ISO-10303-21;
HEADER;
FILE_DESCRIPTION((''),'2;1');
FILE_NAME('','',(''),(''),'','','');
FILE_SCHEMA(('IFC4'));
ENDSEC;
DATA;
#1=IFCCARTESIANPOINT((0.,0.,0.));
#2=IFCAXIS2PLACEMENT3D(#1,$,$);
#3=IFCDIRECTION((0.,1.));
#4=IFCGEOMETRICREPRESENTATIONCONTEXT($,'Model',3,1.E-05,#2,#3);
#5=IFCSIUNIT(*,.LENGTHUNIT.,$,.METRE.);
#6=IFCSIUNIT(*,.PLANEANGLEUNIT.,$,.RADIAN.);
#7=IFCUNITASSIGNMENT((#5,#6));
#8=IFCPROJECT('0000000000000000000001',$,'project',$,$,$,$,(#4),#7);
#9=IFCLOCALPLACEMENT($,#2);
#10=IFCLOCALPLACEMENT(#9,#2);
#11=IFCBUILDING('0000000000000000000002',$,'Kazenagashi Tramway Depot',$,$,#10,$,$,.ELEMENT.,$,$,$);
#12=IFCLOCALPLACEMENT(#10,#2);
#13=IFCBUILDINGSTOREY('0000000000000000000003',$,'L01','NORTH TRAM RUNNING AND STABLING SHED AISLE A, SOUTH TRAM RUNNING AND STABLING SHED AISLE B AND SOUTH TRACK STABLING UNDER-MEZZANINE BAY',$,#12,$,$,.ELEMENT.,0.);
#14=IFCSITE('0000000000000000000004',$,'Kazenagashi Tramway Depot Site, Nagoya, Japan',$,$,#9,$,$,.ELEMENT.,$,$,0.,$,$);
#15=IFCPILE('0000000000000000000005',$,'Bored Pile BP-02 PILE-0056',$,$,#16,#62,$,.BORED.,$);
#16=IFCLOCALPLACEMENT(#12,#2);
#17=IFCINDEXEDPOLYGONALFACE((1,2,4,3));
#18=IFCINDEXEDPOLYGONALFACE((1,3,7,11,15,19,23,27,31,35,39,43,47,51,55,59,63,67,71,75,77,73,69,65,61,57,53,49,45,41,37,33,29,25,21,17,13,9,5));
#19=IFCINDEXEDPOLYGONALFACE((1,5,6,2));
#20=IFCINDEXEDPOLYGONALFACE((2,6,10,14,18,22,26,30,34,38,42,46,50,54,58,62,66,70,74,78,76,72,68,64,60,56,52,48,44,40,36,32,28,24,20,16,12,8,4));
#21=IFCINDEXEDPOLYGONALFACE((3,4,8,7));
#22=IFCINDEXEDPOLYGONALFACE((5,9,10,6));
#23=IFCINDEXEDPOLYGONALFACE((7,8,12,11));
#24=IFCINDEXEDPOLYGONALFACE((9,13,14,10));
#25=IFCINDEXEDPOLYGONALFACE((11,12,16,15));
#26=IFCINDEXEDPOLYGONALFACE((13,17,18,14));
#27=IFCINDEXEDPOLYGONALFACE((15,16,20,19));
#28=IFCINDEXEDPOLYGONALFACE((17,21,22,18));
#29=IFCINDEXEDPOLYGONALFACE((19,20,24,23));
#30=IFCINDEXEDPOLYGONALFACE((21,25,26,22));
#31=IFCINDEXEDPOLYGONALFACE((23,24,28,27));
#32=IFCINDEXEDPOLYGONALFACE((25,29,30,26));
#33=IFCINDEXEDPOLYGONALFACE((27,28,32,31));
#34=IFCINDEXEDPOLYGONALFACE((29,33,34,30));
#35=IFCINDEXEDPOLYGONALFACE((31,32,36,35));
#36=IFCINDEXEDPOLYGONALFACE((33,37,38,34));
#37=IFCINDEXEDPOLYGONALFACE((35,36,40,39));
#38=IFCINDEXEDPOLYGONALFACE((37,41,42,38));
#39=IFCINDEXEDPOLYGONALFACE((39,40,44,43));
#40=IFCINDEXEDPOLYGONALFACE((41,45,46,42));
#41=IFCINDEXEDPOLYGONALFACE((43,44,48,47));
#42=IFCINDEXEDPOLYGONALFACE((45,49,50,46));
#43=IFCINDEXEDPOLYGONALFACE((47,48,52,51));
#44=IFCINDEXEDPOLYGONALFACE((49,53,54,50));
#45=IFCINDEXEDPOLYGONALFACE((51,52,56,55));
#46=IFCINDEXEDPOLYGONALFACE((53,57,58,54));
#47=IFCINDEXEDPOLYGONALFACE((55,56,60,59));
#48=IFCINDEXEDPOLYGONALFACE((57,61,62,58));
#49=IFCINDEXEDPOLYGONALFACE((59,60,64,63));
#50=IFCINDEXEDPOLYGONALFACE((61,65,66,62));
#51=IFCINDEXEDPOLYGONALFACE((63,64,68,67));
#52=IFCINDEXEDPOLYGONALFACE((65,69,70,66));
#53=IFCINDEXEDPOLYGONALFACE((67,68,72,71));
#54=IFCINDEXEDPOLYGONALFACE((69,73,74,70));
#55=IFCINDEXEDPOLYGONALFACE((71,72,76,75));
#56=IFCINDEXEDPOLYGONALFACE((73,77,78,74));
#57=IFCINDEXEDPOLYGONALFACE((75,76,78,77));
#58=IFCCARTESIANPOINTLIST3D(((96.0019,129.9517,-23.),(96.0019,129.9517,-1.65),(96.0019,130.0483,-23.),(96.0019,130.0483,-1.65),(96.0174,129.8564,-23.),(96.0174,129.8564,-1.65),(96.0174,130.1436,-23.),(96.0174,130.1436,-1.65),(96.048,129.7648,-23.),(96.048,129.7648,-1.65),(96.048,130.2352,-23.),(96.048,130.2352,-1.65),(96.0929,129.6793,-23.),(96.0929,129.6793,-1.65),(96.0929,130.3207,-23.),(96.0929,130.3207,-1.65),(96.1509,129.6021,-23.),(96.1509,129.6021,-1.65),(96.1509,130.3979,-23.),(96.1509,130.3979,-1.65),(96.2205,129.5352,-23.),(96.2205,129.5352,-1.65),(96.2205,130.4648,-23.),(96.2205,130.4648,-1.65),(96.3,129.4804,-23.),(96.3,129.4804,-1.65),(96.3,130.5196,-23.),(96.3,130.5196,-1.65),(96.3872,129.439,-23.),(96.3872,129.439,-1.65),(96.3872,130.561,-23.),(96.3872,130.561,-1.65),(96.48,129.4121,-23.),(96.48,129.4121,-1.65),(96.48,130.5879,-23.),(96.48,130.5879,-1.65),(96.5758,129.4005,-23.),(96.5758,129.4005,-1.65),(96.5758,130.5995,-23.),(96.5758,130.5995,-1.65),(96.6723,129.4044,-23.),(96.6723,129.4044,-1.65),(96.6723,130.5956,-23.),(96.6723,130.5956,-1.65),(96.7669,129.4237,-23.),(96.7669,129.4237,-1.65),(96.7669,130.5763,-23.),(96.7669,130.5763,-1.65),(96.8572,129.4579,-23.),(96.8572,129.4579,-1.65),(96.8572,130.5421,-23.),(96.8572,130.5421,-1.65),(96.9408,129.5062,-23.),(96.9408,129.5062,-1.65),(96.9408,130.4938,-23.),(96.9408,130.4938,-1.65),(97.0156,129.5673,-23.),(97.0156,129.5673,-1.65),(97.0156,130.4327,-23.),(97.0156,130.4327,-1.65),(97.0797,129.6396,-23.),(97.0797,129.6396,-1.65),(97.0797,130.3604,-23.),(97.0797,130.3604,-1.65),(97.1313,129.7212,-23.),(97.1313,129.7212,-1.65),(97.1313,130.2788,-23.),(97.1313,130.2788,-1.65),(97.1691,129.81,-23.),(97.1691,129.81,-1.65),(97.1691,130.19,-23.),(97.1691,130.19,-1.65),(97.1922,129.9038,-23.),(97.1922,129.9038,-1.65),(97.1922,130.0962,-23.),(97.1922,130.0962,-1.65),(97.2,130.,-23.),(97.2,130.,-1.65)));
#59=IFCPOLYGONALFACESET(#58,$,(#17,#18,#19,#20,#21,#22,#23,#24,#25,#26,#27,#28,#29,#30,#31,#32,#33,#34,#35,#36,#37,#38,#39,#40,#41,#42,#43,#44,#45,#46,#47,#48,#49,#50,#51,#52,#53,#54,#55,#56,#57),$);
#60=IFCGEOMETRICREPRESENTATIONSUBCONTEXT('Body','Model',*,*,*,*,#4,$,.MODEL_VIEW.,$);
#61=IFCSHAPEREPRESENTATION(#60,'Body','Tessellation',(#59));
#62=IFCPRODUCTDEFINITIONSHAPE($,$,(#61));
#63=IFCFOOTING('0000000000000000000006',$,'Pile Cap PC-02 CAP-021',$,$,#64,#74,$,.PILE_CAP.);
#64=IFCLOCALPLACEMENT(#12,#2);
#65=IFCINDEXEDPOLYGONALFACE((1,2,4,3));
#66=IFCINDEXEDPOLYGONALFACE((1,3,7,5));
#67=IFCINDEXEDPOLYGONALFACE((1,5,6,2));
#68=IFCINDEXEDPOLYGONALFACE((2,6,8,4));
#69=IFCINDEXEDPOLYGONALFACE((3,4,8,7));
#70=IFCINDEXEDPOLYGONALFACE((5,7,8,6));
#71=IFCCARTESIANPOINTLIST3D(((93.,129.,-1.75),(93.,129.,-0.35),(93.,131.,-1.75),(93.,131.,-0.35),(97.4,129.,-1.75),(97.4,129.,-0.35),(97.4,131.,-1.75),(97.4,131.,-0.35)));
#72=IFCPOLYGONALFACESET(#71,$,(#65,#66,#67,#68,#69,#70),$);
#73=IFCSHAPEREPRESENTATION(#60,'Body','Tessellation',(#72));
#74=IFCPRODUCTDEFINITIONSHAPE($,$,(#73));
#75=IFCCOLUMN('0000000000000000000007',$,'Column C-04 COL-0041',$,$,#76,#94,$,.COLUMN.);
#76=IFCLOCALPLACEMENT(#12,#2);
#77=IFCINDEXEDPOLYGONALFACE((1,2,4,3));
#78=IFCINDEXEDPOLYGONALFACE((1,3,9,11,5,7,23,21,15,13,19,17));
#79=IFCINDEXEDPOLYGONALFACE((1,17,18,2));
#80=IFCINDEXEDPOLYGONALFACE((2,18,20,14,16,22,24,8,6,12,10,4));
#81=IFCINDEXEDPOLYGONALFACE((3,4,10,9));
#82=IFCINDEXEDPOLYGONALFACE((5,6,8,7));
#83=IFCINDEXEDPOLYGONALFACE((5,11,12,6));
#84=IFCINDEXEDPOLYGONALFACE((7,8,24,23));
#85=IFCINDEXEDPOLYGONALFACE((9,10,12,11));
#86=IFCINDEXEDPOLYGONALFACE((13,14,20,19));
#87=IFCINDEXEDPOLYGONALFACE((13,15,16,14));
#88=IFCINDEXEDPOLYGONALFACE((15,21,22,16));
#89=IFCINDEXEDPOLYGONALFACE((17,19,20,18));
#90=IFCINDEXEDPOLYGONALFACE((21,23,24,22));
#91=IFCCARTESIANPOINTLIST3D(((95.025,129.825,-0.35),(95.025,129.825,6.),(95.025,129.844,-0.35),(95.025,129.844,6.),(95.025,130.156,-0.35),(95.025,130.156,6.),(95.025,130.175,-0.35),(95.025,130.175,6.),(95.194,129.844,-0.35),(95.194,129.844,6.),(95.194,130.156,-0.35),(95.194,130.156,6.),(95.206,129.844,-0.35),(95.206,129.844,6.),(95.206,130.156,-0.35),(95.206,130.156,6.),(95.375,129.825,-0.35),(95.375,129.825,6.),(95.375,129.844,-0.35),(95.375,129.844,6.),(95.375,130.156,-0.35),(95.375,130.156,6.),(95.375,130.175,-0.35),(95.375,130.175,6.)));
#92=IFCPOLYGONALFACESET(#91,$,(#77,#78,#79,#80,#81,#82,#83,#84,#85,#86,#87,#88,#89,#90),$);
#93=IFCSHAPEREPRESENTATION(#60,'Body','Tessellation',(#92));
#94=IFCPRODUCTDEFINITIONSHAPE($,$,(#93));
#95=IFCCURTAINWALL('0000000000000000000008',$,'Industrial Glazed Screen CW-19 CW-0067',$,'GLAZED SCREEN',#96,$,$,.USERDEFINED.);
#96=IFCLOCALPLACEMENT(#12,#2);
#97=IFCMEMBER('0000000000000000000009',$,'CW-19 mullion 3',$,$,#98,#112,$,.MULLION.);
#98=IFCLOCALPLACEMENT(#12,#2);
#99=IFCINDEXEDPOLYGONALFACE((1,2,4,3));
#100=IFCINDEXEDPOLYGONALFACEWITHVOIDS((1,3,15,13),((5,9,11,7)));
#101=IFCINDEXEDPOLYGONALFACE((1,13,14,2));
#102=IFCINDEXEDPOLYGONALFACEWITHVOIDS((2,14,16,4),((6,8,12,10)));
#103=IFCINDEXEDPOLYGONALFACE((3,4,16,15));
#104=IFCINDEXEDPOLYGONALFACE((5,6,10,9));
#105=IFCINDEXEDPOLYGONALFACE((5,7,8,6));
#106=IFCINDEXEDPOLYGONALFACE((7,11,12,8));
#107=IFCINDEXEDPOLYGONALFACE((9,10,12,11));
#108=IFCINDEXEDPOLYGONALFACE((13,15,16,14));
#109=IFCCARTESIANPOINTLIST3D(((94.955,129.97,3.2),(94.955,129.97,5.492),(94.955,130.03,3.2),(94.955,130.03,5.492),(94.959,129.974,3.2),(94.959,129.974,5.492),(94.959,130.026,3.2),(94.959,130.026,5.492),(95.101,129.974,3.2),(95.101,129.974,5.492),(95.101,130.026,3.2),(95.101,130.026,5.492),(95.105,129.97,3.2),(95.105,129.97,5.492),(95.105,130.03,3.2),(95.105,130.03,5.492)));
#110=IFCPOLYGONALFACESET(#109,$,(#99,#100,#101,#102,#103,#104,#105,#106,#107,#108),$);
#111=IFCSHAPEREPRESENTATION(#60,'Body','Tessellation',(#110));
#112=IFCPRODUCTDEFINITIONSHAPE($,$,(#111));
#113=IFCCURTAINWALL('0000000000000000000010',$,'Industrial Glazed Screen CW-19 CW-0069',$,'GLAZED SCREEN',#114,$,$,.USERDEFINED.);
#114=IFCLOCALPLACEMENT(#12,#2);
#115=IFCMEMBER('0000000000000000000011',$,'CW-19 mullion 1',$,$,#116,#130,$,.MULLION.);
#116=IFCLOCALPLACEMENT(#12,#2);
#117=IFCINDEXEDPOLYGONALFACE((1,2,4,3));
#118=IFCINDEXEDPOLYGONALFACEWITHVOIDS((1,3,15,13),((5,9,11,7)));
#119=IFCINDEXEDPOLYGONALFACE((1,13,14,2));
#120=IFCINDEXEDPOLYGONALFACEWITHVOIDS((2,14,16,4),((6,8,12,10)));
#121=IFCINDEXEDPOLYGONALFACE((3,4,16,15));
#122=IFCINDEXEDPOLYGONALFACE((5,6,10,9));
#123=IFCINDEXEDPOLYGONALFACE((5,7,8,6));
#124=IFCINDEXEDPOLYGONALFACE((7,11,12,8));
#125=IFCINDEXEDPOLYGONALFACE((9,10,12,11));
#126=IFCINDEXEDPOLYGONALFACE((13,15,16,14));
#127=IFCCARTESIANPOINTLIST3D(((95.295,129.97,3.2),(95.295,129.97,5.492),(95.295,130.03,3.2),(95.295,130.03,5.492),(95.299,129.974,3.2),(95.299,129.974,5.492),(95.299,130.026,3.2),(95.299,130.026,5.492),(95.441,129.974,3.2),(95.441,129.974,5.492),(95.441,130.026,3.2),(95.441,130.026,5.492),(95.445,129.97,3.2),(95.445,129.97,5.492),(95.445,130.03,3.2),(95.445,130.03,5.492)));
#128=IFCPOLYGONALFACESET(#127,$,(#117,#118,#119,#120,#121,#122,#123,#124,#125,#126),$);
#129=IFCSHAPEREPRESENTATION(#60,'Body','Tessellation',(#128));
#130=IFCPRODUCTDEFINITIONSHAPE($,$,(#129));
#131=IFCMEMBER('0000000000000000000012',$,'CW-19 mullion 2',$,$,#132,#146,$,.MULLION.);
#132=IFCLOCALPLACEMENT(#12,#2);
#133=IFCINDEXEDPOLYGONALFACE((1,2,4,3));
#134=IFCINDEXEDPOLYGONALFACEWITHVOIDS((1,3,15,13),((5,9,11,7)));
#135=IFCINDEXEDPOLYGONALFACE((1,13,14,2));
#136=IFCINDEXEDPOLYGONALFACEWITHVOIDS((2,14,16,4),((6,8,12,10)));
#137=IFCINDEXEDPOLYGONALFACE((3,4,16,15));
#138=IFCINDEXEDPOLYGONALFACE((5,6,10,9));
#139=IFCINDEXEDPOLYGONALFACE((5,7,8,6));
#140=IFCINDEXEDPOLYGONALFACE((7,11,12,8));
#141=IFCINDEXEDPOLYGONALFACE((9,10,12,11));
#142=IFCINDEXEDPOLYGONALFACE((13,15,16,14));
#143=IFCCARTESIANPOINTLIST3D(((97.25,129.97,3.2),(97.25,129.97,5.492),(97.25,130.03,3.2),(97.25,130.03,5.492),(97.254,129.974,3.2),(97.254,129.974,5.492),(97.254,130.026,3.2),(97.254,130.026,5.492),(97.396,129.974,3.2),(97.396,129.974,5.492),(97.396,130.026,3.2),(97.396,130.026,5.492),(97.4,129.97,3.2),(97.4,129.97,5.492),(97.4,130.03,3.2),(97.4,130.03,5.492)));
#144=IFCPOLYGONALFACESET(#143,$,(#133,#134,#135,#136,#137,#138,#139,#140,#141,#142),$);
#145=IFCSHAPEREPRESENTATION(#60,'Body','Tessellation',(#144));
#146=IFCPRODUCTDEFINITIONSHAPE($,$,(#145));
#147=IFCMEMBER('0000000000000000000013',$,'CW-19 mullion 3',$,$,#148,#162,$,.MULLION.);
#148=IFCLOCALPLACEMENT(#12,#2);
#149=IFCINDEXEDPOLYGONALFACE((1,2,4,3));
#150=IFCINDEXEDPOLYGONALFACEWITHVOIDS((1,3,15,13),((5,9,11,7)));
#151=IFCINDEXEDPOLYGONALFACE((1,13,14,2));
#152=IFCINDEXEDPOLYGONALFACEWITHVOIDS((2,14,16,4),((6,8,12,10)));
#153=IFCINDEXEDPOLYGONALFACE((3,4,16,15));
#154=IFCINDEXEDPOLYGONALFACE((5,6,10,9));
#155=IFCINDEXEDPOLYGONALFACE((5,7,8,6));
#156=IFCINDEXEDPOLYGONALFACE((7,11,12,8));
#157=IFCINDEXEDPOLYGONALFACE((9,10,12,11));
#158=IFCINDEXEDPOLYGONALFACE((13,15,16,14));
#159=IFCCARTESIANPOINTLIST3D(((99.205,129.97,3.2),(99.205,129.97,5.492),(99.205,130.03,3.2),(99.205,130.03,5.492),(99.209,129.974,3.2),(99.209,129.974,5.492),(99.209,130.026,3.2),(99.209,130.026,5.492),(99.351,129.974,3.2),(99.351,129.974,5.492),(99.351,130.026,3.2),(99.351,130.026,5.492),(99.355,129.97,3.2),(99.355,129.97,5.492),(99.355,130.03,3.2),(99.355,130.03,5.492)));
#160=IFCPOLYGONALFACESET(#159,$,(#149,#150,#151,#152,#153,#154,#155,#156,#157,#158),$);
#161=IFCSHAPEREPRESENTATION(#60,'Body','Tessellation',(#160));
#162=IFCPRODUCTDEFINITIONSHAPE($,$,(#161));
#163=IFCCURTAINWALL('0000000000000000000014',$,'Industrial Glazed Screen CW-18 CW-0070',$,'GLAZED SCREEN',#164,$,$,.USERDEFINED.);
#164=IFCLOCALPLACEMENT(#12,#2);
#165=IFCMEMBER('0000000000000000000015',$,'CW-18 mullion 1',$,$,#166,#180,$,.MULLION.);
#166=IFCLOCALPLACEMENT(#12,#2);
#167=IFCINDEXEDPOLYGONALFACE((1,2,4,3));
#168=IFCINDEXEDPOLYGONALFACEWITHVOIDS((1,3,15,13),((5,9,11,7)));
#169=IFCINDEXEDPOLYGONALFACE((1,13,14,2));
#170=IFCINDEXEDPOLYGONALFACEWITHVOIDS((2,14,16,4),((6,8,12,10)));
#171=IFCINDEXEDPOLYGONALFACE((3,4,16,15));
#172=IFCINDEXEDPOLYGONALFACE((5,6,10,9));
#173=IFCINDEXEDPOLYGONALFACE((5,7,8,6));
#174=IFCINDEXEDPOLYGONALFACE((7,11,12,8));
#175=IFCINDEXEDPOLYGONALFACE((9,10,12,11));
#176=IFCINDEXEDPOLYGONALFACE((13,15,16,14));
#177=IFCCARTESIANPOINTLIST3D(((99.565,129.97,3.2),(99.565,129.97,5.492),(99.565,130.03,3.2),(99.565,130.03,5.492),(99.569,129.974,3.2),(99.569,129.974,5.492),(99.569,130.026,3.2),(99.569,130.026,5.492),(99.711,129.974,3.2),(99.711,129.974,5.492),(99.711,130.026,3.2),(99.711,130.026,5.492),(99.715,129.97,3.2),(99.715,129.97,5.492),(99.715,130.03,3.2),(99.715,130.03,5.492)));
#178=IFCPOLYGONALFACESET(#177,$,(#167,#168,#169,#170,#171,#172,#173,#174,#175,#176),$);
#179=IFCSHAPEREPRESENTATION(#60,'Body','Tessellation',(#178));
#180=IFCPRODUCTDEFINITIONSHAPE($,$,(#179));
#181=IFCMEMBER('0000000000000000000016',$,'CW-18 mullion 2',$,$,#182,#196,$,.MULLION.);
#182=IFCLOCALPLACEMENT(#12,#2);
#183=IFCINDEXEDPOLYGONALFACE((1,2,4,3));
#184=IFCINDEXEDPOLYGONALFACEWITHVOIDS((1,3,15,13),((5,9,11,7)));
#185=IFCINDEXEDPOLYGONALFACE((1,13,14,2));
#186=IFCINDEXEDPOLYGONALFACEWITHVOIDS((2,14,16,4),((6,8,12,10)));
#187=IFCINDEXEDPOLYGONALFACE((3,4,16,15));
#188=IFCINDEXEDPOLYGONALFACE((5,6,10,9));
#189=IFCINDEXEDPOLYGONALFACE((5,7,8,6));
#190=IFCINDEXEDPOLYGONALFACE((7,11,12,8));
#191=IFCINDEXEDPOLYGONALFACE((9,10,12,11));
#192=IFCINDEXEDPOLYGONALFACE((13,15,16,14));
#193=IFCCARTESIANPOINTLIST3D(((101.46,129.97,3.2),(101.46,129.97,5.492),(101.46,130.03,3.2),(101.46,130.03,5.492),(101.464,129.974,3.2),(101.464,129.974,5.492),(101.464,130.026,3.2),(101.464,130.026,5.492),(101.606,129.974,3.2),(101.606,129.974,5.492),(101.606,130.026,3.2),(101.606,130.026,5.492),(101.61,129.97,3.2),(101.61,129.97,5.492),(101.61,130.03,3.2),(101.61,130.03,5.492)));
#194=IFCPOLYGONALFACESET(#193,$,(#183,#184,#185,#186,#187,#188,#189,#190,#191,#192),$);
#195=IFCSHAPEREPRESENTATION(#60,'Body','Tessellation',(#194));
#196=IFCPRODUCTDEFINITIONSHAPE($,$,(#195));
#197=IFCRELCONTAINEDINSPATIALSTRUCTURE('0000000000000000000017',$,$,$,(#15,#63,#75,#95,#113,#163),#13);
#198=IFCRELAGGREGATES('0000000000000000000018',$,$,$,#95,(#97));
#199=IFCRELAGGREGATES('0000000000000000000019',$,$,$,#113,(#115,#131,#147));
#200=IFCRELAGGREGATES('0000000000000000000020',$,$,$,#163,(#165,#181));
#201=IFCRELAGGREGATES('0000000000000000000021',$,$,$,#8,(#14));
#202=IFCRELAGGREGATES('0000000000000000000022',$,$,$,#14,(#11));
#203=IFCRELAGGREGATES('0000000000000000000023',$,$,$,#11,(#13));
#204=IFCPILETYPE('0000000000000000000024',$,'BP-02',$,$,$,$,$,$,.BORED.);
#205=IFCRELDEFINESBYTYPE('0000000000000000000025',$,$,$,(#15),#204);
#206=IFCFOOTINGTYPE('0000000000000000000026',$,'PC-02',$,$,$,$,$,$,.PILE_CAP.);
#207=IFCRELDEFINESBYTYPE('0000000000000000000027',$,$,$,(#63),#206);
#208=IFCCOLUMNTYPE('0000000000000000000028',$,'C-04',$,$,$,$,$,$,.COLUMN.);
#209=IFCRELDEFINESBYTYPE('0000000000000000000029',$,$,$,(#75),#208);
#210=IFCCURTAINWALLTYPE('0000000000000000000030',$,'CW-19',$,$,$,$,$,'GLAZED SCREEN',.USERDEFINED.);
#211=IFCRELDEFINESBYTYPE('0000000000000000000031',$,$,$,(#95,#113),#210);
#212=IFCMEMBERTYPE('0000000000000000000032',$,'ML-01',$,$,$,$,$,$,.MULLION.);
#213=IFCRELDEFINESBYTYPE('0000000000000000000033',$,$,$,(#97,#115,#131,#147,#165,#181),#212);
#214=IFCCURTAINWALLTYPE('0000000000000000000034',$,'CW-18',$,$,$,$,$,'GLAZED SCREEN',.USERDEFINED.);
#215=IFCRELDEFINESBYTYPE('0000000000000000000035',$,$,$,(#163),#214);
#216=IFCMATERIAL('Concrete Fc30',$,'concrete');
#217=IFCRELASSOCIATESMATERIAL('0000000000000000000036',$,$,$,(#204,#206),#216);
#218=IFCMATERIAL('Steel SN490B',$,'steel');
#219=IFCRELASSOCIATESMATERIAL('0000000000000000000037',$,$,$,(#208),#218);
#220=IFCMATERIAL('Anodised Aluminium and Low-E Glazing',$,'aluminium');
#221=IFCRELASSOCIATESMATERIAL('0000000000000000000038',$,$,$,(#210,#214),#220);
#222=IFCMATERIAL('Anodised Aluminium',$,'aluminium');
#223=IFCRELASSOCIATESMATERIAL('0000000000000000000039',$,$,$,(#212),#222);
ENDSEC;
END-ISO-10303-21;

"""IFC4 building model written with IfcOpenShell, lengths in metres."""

from ifc_helpers import new_model, si_unit, direction, frame, origin, origin_2d, place, context, subcontext, project, spatial, rectangle, hollow_rectangle, circle, i_section, extrude, material, material_profile, profile_set, type_object, element, aggregate, save


model = new_model("IFC4")

# Units and contexts
model_context = context("Model", 3, precision=1e-05, world=origin(), true_north=direction((0.0, 1.0)))
body_context = subcontext(model_context, "Body", "Model", "MODEL_VIEW")
ifc_project = project(units=[si_unit("LENGTHUNIT", "METRE"), si_unit("PLANEANGLEUNIT", "RADIAN")], contexts=[model_context])

# Site, building, storey
site_placement = place(None, origin())
site = spatial("IfcSite", under=ifc_project, at=site_placement, Name="Kazenagashi Tramway Depot Site, Nagoya, Japan", CompositionType="ELEMENT", RefElevation=0.0)
building_placement = place(site_placement, origin())
building = spatial("IfcBuilding", under=site, at=building_placement, Name="Kazenagashi Tramway Depot", CompositionType="ELEMENT")
storey_placement = place(building_placement, origin())
storey = spatial("IfcBuildingStorey", under=building, at=storey_placement, Name="L01", Description="NORTH TRAM RUNNING AND STABLING SHED AISLE A, SOUTH TRAM RUNNING AND STABLING SHED AISLE B AND SOUTH TRACK STABLING UNDER-MEZZANINE BAY", CompositionType="ELEMENT", Elevation=0.0)

# Pile
ifc_material_1 = material(Name="Concrete Fc30", Category="concrete")
ifc_material_profile_1 = material_profile(ifc_material_1, circle(Radius=0.6, at=origin_2d()), Name="PILE-1200")
ifc_profile_set_1 = profile_set([ifc_material_profile_1], Name="Concrete Fc30")
pile_type = type_object("IfcPileType", Name="BP-02", PredefinedType="BORED", material=ifc_profile_set_1)
pile_placement = place(storey_placement, frame((96.6, 130.0, -1.65), z_axis=(0.0, 0.0, -1.0), x_axis=(1.0, 0.0, 0.0)))
element("IfcPile", 1, at=pile_placement, inside=storey, type_object=pile_type, Name="Bored Pile BP-02 PILE-0056", PredefinedType="BORED", context=body_context, shape_type="SweptSolid", body=[
    extrude(circle(Radius=0.6, at=origin_2d()), origin(), (0.0, 0.0, 1.0), 21.35),
])

# Footing
footing_type = type_object("IfcFootingType", Name="PC-02", PredefinedType="PILE_CAP", material=ifc_material_1)
footing_placement = place(storey_placement, frame((95.2, 130.0, -1.75), z_axis=(0.0, 0.0, 1.0), x_axis=(1.0, 0.0, 0.0)))
element("IfcFooting", 2, at=footing_placement, inside=storey, type_object=footing_type, Name="Pile Cap PC-02 CAP-021", PredefinedType="PILE_CAP", context=body_context, shape_type="SweptSolid", body=[
    extrude(rectangle(XDim=4.4, YDim=2.0, at=origin_2d()), origin(), (0.0, 0.0, 1.0), 1.4),
])

# Column
ifc_material_2 = material(Name="Steel SN490B", Category="steel")
ifc_material_profile_2 = material_profile(ifc_material_2, i_section(OverallWidth=0.35, OverallDepth=0.35, WebThickness=0.012, FlangeThickness=0.019, at=origin_2d()), Name="H-350x350x12x19")
ifc_profile_set_2 = profile_set([ifc_material_profile_2], Name="Steel SN490B")
column_type = type_object("IfcColumnType", Name="C-04", PredefinedType="COLUMN", material=ifc_profile_set_2)
column_placement = place(storey_placement, frame((95.2, 130.0, -0.35), z_axis=(0.0, 0.0, 1.0), x_axis=(1.0, 0.0, 0.0)))
element("IfcColumn", 3, at=column_placement, inside=storey, type_object=column_type, Name="Column C-04 COL-0041", PredefinedType="COLUMN", context=body_context, shape_type="SweptSolid", body=[
    extrude(i_section(OverallWidth=0.35, OverallDepth=0.35, WebThickness=0.012, FlangeThickness=0.019, at=origin_2d()), origin(), (0.0, 0.0, 1.0), 6.35),
])

# Curtain wall, member
ifc_material_3 = material(Name="Anodised Aluminium and Low-E Glazing", Category="aluminium")
curtain_wall_type_1 = type_object("IfcCurtainWallType", Name="CW-19", ElementType="GLAZED SCREEN", PredefinedType="USERDEFINED", material=ifc_material_3)
curtain_wall_1_placement = place(storey_placement, origin())
curtain_wall_1 = element("IfcCurtainWall", 4, at=curtain_wall_1_placement, inside=storey, type_object=curtain_wall_type_1, Name="Industrial Glazed Screen CW-19 CW-0067", ObjectType="GLAZED SCREEN", PredefinedType="USERDEFINED")
ifc_material_4 = material(Name="Anodised Aluminium", Category="aluminium")
ifc_material_profile_3 = material_profile(ifc_material_4, hollow_rectangle(XDim=0.06, YDim=0.15, WallThickness=0.004, at=origin_2d()), Name="RHS-150x60x4")
ifc_profile_set_3 = profile_set([ifc_material_profile_3], Name="Anodised Aluminium")
member_type_1 = type_object("IfcMemberType", Name="ML-01", PredefinedType="MULLION", material=ifc_profile_set_3)
member_1_placement = place(storey_placement, frame((95.03, 130.0, 3.2), z_axis=(0.0, 0.0, 1.0), x_axis=(0.0, 1.0, 0.0)))
member_1 = element("IfcMember", 5, at=member_1_placement, type_object=member_type_1, Name="CW-19 mullion 3", PredefinedType="MULLION", context=body_context, shape_type="SweptSolid", body=[
    extrude(hollow_rectangle(XDim=0.06, YDim=0.15, WallThickness=0.004, at=origin_2d()), origin(), (0.0, 0.0, 1.0), 2.292),
])

# Curtain walls, members
curtain_wall_2_placement = place(storey_placement, origin())
curtain_wall_2 = element("IfcCurtainWall", 6, at=curtain_wall_2_placement, inside=storey, type_object=curtain_wall_type_1, Name="Industrial Glazed Screen CW-19 CW-0069", ObjectType="GLAZED SCREEN", PredefinedType="USERDEFINED")
member_2_placement = place(storey_placement, frame((95.37, 130.0, 3.2), z_axis=(0.0, 0.0, 1.0), x_axis=(0.0, 1.0, 0.0)))
member_2 = element("IfcMember", 7, at=member_2_placement, type_object=member_type_1, Name="CW-19 mullion 1", PredefinedType="MULLION", context=body_context, shape_type="SweptSolid", body=[
    extrude(hollow_rectangle(XDim=0.06, YDim=0.15, WallThickness=0.004, at=origin_2d()), origin(), (0.0, 0.0, 1.0), 2.292),
])
member_3_placement = place(storey_placement, frame((97.325, 130.0, 3.2), z_axis=(0.0, 0.0, 1.0), x_axis=(0.0, 1.0, 0.0)))
member_3 = element("IfcMember", 8, at=member_3_placement, type_object=member_type_1, Name="CW-19 mullion 2", PredefinedType="MULLION", context=body_context, shape_type="SweptSolid", body=[
    extrude(hollow_rectangle(XDim=0.06, YDim=0.15, WallThickness=0.004, at=origin_2d()), origin(), (0.0, 0.0, 1.0), 2.292),
])
member_4_placement = place(storey_placement, frame((99.28, 130.0, 3.2), z_axis=(0.0, 0.0, 1.0), x_axis=(0.0, 1.0, 0.0)))
member_4 = element("IfcMember", 9, at=member_4_placement, type_object=member_type_1, Name="CW-19 mullion 3", PredefinedType="MULLION", context=body_context, shape_type="SweptSolid", body=[
    extrude(hollow_rectangle(XDim=0.06, YDim=0.15, WallThickness=0.004, at=origin_2d()), origin(), (0.0, 0.0, 1.0), 2.292),
])
curtain_wall_type_2 = type_object("IfcCurtainWallType", Name="CW-18", ElementType="GLAZED SCREEN", PredefinedType="USERDEFINED", material=ifc_material_3)
curtain_wall_3_placement = place(storey_placement, origin())
curtain_wall_3 = element("IfcCurtainWall", 10, at=curtain_wall_3_placement, inside=storey, type_object=curtain_wall_type_2, Name="Industrial Glazed Screen CW-18 CW-0070", ObjectType="GLAZED SCREEN", PredefinedType="USERDEFINED")
member_5_placement = place(storey_placement, frame((99.64, 130.0, 3.2), z_axis=(0.0, 0.0, 1.0), x_axis=(0.0, 1.0, 0.0)))
member_5 = element("IfcMember", 11, at=member_5_placement, type_object=member_type_1, Name="CW-18 mullion 1", PredefinedType="MULLION", context=body_context, shape_type="SweptSolid", body=[
    extrude(hollow_rectangle(XDim=0.06, YDim=0.15, WallThickness=0.004, at=origin_2d()), origin(), (0.0, 0.0, 1.0), 2.292),
])
member_6_placement = place(storey_placement, frame((101.535, 130.0, 3.2), z_axis=(0.0, 0.0, 1.0), x_axis=(0.0, 1.0, 0.0)))
member_6 = element("IfcMember", 12, at=member_6_placement, type_object=member_type_1, Name="CW-18 mullion 2", PredefinedType="MULLION", context=body_context, shape_type="SweptSolid", body=[
    extrude(hollow_rectangle(XDim=0.06, YDim=0.15, WallThickness=0.004, at=origin_2d()), origin(), (0.0, 0.0, 1.0), 2.292),
])

aggregate(curtain_wall_1, [member_1])
aggregate(curtain_wall_2, [member_2, member_3, member_4])
aggregate(curtain_wall_3, [member_5, member_6])

save(model, "model.ifc")
